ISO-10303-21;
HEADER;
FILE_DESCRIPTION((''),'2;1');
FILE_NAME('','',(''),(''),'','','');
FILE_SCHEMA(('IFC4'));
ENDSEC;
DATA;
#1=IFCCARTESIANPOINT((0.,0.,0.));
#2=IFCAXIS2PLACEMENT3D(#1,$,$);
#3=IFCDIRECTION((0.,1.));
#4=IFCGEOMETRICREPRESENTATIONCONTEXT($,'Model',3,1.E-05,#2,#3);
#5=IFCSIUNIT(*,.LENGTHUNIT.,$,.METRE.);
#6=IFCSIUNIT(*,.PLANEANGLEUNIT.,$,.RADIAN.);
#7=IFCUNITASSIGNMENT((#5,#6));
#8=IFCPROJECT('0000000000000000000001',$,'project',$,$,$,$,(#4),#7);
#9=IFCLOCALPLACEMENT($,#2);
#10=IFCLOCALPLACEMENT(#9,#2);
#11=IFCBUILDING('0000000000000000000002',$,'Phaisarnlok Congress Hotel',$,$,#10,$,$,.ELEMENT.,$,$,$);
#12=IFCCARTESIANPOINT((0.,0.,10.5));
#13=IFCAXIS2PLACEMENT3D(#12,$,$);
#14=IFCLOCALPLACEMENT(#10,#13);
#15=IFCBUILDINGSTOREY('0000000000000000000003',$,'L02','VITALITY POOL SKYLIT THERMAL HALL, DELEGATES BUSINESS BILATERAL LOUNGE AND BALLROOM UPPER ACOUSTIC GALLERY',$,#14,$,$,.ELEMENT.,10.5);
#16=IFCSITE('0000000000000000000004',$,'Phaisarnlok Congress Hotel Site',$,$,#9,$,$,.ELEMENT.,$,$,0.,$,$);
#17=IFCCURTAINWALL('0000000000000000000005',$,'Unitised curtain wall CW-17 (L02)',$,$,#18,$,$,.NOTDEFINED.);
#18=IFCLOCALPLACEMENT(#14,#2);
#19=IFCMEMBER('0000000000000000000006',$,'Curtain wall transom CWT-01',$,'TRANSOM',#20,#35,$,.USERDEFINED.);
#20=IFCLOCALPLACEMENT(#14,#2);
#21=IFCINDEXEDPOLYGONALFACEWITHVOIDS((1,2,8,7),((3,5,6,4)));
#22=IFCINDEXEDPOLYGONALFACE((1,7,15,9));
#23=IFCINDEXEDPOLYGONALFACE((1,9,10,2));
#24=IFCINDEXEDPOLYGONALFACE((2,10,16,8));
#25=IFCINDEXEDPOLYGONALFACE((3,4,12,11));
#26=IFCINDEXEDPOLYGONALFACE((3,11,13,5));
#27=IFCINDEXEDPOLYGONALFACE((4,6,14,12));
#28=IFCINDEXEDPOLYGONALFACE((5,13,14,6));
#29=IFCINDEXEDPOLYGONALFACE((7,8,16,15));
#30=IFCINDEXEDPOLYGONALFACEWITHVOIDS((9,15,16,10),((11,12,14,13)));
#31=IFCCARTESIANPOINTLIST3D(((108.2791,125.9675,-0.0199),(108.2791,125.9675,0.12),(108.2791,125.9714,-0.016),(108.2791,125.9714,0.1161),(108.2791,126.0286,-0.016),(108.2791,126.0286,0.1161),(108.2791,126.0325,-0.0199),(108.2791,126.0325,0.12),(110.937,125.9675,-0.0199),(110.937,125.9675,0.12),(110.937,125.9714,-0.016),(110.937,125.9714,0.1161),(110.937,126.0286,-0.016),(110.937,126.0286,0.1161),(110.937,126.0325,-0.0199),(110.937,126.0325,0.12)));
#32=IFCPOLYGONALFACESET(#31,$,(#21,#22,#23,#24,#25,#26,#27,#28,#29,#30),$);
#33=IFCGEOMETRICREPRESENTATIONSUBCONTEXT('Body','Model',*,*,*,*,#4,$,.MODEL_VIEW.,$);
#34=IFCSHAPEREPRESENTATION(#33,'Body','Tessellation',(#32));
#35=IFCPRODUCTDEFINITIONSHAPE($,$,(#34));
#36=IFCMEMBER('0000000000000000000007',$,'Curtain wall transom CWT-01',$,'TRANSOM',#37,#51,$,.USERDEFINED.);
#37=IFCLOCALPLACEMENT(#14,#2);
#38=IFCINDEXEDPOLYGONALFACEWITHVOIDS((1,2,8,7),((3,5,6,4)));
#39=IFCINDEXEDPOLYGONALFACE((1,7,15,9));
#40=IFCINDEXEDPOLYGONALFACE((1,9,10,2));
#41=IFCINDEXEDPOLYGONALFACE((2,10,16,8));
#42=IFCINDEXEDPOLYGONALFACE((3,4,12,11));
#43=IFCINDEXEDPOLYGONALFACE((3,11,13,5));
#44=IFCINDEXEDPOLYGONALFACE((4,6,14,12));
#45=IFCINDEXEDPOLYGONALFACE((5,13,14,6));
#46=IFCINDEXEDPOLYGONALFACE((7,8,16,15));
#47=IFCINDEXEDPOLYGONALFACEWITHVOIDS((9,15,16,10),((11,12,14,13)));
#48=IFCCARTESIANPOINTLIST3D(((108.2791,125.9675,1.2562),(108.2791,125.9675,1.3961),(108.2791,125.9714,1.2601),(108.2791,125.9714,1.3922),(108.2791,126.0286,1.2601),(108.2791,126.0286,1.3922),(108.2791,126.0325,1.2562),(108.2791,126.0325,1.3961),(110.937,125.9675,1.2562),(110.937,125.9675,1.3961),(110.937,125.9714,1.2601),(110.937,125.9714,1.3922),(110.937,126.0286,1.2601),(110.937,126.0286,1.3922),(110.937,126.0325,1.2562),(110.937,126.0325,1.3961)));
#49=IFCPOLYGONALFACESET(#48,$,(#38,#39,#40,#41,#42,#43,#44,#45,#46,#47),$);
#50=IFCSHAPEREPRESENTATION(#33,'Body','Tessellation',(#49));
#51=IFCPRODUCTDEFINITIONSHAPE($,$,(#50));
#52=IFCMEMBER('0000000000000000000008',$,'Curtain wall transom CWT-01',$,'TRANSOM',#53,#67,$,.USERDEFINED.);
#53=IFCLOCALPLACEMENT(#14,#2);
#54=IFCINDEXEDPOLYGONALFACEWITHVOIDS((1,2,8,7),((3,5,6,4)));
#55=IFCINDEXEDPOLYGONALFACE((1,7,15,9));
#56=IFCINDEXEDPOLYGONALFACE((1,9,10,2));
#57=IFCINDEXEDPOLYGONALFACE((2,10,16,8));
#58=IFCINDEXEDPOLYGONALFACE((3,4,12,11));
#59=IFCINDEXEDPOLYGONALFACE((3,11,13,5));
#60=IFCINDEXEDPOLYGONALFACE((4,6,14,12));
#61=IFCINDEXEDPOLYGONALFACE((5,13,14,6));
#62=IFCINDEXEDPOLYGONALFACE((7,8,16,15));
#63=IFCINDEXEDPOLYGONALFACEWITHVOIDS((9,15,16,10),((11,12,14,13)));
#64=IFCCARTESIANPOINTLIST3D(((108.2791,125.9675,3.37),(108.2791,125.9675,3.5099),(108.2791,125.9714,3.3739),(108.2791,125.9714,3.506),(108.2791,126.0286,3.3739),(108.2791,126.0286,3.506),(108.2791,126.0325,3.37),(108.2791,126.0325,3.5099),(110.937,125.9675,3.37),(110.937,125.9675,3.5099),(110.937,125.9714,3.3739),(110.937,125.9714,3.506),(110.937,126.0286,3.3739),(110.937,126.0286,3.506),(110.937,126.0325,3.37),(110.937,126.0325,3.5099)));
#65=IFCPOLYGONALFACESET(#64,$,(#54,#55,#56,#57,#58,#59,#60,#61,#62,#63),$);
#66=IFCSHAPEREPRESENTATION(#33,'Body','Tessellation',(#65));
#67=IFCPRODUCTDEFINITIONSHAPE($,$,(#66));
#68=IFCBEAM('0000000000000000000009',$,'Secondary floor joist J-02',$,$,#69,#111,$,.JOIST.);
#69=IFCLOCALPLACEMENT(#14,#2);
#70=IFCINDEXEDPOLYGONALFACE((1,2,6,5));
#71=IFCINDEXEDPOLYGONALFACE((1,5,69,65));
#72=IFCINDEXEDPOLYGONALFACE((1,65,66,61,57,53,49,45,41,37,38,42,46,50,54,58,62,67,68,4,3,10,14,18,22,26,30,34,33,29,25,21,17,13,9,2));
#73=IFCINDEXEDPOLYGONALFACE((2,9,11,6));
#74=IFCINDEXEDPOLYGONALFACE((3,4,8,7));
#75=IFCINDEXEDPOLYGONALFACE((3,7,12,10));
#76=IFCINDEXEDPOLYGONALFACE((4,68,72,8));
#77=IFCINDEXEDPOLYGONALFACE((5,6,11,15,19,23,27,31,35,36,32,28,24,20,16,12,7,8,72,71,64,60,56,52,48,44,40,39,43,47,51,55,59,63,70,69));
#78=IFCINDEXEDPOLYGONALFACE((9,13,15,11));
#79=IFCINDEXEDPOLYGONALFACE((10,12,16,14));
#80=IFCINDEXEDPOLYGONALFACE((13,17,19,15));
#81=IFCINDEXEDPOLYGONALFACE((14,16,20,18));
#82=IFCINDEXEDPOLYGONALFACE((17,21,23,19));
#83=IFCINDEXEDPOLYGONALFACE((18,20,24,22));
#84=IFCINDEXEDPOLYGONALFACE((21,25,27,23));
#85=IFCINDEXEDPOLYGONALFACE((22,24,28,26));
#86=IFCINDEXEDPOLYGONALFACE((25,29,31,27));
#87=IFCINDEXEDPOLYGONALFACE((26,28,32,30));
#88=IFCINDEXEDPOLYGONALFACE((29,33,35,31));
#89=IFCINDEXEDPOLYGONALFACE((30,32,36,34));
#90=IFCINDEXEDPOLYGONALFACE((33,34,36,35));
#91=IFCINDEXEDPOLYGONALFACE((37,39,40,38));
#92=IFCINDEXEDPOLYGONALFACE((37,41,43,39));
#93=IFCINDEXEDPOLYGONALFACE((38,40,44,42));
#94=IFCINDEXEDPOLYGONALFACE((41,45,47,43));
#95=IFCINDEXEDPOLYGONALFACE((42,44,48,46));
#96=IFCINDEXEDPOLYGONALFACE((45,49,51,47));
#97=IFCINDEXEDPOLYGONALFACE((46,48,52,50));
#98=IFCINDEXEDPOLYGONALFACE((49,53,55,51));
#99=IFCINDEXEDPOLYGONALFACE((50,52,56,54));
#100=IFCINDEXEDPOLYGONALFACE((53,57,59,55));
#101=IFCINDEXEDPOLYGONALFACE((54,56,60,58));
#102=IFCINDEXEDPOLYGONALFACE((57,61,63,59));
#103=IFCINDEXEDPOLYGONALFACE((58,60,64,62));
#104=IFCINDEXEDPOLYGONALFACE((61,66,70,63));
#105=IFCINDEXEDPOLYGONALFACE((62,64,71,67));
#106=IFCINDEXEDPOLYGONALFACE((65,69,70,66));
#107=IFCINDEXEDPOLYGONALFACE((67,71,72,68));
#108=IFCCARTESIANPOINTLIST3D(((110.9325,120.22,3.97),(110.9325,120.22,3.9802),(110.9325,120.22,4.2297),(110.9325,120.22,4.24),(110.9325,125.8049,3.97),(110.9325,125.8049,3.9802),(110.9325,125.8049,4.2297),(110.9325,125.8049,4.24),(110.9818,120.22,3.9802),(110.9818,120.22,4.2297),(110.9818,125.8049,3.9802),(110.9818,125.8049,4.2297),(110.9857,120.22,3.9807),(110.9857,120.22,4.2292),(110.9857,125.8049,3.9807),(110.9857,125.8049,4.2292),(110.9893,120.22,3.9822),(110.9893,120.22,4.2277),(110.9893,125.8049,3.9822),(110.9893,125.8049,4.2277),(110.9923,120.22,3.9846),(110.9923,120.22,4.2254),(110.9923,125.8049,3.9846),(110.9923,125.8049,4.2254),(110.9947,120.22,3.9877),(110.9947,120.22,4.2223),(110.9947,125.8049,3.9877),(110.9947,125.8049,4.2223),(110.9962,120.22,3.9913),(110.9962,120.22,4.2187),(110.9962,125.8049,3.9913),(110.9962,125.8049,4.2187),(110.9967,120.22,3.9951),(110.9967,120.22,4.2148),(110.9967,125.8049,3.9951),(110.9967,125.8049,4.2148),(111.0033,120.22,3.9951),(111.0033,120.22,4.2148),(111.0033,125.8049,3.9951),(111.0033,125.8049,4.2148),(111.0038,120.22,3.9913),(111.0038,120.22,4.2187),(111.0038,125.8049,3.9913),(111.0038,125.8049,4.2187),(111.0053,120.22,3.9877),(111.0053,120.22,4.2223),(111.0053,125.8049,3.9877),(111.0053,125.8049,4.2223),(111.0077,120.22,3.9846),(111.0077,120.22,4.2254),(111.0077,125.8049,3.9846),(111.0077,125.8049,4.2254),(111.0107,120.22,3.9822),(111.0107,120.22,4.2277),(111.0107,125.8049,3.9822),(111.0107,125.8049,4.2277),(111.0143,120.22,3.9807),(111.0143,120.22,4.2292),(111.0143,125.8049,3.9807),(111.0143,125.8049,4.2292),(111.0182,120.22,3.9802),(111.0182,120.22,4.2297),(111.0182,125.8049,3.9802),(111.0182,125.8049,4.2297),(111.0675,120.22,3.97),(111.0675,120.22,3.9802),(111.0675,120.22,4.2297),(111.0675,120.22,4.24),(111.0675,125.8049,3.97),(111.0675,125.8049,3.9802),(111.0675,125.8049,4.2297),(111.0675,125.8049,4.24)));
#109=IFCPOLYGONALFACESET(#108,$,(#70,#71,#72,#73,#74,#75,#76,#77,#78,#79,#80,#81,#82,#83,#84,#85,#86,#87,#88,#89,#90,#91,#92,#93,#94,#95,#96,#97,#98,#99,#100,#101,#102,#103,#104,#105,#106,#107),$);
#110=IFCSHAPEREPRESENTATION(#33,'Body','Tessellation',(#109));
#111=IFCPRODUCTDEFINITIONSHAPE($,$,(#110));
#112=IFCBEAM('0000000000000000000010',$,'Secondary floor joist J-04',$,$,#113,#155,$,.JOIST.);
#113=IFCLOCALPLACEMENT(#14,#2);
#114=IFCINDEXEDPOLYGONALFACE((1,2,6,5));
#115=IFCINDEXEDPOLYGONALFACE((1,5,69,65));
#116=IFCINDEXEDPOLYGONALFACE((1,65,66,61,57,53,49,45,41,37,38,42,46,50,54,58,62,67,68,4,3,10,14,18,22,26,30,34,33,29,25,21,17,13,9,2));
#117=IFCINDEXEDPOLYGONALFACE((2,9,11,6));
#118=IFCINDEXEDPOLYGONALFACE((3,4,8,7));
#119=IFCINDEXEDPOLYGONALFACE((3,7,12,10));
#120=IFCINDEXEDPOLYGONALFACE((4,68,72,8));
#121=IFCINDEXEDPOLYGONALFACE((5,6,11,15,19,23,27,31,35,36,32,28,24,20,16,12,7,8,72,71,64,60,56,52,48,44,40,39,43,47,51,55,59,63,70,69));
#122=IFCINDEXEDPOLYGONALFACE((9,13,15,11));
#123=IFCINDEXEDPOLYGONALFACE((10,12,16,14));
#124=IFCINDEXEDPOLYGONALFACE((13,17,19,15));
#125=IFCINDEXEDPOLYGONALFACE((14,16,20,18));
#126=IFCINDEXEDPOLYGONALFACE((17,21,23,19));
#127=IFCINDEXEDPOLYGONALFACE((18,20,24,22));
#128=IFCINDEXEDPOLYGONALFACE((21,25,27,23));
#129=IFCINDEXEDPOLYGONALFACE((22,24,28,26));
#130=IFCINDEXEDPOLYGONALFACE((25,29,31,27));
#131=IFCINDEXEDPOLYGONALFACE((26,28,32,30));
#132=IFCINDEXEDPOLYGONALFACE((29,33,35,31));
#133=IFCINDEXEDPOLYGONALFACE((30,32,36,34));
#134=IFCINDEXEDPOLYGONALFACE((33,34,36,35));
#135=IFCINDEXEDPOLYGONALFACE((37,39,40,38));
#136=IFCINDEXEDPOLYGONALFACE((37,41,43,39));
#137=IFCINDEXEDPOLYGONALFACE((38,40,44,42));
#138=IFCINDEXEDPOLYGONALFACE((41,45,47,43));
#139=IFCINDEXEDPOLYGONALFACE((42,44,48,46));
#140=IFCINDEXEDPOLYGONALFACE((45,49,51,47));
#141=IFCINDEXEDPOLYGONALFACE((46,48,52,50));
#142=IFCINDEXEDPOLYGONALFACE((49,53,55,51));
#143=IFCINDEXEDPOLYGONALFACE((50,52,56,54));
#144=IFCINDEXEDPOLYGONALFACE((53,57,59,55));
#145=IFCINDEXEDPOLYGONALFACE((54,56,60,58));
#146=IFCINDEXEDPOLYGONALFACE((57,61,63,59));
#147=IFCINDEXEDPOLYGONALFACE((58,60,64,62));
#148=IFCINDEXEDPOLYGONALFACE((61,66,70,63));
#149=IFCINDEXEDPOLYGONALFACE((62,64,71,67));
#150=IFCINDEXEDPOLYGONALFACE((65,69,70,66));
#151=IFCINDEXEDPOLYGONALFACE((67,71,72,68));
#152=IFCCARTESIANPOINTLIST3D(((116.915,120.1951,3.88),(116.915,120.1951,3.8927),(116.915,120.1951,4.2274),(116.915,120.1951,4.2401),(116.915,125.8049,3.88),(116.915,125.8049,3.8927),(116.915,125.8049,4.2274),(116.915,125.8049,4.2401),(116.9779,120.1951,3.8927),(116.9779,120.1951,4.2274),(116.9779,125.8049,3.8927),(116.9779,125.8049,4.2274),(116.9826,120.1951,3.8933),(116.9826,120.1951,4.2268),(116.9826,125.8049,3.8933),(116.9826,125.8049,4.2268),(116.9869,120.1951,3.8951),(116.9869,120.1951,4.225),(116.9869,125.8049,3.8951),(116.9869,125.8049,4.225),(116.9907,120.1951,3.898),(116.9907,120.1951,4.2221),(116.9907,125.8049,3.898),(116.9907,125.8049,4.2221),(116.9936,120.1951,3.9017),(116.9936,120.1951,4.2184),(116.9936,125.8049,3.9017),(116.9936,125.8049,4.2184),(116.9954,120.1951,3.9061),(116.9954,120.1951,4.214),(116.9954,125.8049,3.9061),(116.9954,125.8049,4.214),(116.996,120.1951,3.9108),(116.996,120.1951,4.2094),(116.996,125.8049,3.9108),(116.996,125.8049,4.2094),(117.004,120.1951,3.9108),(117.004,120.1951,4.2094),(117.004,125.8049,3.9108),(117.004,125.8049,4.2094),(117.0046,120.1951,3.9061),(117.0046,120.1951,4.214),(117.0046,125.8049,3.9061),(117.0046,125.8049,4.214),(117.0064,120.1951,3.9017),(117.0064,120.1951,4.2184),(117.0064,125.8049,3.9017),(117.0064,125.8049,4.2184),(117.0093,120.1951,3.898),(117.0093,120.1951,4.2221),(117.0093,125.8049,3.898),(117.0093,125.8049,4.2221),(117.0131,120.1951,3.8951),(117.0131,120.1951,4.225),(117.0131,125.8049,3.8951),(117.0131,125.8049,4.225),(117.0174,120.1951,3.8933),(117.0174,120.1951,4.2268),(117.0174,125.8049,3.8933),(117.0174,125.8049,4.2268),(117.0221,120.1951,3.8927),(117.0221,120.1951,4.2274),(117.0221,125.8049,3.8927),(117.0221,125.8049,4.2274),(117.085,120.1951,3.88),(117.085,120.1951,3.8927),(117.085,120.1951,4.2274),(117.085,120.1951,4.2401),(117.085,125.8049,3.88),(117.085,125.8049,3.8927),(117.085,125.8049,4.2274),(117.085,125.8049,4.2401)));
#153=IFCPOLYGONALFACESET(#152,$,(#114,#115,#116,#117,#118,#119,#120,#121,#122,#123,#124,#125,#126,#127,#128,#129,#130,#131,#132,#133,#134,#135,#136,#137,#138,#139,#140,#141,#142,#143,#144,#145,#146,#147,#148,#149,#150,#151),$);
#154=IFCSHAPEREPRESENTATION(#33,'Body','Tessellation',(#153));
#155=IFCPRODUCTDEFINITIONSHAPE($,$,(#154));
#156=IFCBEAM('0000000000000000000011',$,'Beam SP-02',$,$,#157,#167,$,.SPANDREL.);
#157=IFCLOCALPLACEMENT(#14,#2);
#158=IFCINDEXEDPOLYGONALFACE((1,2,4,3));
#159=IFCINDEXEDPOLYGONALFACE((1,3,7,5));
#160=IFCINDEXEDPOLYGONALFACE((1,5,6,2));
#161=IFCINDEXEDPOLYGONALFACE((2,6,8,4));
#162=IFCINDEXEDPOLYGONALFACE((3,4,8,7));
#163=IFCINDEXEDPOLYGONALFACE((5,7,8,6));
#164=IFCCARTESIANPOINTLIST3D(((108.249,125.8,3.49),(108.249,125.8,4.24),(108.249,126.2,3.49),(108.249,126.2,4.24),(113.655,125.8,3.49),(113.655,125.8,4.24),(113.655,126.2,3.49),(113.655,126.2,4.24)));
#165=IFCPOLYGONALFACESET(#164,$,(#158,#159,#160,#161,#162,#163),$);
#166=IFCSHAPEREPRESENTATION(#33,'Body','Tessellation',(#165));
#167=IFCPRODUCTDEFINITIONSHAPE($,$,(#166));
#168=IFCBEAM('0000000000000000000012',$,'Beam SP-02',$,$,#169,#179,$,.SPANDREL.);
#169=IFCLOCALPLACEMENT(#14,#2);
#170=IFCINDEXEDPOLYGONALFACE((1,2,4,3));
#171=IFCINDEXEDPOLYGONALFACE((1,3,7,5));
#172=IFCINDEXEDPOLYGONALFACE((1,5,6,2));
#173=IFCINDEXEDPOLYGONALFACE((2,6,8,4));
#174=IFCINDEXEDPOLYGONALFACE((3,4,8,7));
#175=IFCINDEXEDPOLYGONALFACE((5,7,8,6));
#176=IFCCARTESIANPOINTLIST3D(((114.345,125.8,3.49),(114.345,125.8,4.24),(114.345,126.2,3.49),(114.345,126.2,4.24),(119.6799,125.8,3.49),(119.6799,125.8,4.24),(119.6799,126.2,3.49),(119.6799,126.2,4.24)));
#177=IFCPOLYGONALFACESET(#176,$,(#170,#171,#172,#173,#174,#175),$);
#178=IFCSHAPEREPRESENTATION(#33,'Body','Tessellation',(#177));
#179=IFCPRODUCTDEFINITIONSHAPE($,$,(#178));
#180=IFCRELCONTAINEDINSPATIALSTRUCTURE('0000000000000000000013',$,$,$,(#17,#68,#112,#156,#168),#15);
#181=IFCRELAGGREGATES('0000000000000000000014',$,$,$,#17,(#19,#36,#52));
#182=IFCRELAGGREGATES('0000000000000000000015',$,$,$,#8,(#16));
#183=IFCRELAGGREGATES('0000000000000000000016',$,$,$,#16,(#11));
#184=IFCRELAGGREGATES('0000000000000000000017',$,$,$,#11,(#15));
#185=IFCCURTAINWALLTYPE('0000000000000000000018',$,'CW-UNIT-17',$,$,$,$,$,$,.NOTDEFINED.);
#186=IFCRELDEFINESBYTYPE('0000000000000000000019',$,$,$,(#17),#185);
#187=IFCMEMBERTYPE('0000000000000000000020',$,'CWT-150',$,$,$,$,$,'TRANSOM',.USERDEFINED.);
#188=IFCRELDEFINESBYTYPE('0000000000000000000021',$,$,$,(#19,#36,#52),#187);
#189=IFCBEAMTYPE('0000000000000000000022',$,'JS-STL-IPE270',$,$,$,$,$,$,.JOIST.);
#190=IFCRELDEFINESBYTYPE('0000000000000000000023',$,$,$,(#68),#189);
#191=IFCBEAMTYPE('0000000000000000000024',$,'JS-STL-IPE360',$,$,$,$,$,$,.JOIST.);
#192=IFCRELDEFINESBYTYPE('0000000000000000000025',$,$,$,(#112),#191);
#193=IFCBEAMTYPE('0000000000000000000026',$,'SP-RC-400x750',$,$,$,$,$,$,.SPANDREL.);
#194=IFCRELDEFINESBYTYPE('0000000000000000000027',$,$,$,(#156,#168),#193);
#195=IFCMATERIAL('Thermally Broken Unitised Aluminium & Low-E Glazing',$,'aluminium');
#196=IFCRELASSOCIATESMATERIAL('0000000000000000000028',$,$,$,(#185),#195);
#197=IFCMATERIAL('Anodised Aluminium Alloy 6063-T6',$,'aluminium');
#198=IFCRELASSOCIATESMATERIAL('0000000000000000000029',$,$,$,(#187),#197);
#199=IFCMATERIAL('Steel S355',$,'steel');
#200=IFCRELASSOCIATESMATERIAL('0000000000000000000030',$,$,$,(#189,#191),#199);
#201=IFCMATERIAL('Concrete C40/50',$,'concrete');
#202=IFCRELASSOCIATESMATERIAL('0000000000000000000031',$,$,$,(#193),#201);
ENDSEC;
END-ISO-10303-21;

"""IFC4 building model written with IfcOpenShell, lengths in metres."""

from ifc_helpers import new_model, si_unit, direction, frame, origin, origin_2d, place, context, subcontext, project, spatial, rectangle, hollow_rectangle, i_section, extrude, material, material_profile, profile_set, type_object, element, aggregate, save


model = new_model("IFC4")

# Units and contexts
model_context = context("Model", 3, precision=1e-05, world=origin(), true_north=direction((0.0, 1.0)))
body_context = subcontext(model_context, "Body", "Model", "MODEL_VIEW")
ifc_project = project(units=[si_unit("LENGTHUNIT", "METRE"), si_unit("PLANEANGLEUNIT", "RADIAN")], contexts=[model_context])

# Site, building, storey
site_placement = place(None, origin())
site = spatial("IfcSite", under=ifc_project, at=site_placement, Name="Phaisarnlok Congress Hotel Site", CompositionType="ELEMENT", RefElevation=0.0)
building_placement = place(site_placement, origin())
building = spatial("IfcBuilding", under=site, at=building_placement, Name="Phaisarnlok Congress Hotel", CompositionType="ELEMENT")
storey_placement = place(building_placement, frame((0.0, 0.0, 10.5)))
storey = spatial("IfcBuildingStorey", under=building, at=storey_placement, Name="L02", Description="VITALITY POOL SKYLIT THERMAL HALL, DELEGATES BUSINESS BILATERAL LOUNGE AND BALLROOM UPPER ACOUSTIC GALLERY", CompositionType="ELEMENT", Elevation=10.5)

# Shared definitions
ifc_material_1 = material(Name="Concrete C40/50", Category="concrete")
ifc_material_2 = material(Name="Steel S355", Category="steel")

# Curtain wall, members
ifc_material_3 = material(Name="Thermally Broken Unitised Aluminium & Low-E Glazing", Category="aluminium")
curtain_wall_type = type_object("IfcCurtainWallType", Name="CW-UNIT-17", PredefinedType="NOTDEFINED", material=ifc_material_3)
curtain_wall_placement = place(storey_placement, origin())
curtain_wall = element("IfcCurtainWall", 1, at=curtain_wall_placement, inside=storey, type_object=curtain_wall_type, Name="Unitised curtain wall CW-17 (L02)", PredefinedType="NOTDEFINED")
ifc_material_4 = material(Name="Anodised Aluminium Alloy 6063-T6", Category="aluminium")
ifc_material_profile_1 = material_profile(ifc_material_4, hollow_rectangle(XDim=0.0649, YDim=0.1399, WallThickness=0.0039, at=origin_2d()), Name="ALU-T 65x140x4")
ifc_profile_set_1 = profile_set([ifc_material_profile_1], Name="Anodised Aluminium Alloy 6063-T6")
member_type_1 = type_object("IfcMemberType", Name="CWT-150", ElementType="TRANSOM", PredefinedType="USERDEFINED", material=ifc_profile_set_1)
member_1_placement = place(storey_placement, frame((110.937, 126.0, 0.05), z_axis=(-1.0, 0.0, 0.0), x_axis=(0.0, -1.0, 0.0)))
member_1 = element("IfcMember", 2, at=member_1_placement, type_object=member_type_1, Name="Curtain wall transom CWT-01", ObjectType="TRANSOM", PredefinedType="USERDEFINED", context=body_context, shape_type="SweptSolid", body=[
    extrude(hollow_rectangle(XDim=0.0649, YDim=0.1399, WallThickness=0.0039, at=origin_2d()), origin(), (0.0, 0.0, 1.0), 2.658),
])
member_2_placement = place(storey_placement, frame((110.937, 126.0, 1.3262), z_axis=(-1.0, 0.0, 0.0), x_axis=(0.0, -1.0, 0.0)))
member_2 = element("IfcMember", 3, at=member_2_placement, type_object=member_type_1, Name="Curtain wall transom CWT-01", ObjectType="TRANSOM", PredefinedType="USERDEFINED", context=body_context, shape_type="SweptSolid", body=[
    extrude(hollow_rectangle(XDim=0.0649, YDim=0.1399, WallThickness=0.0039, at=origin_2d()), origin(), (0.0, 0.0, 1.0), 2.658),
])
member_3_placement = place(storey_placement, frame((110.937, 126.0, 3.4399), z_axis=(-1.0, 0.0, 0.0), x_axis=(0.0, -1.0, 0.0)))
member_3 = element("IfcMember", 4, at=member_3_placement, type_object=member_type_1, Name="Curtain wall transom CWT-01", ObjectType="TRANSOM", PredefinedType="USERDEFINED", context=body_context, shape_type="SweptSolid", body=[
    extrude(hollow_rectangle(XDim=0.0649, YDim=0.1399, WallThickness=0.0039, at=origin_2d()), origin(), (0.0, 0.0, 1.0), 2.658),
])

# Beams
ifc_material_profile_2 = material_profile(ifc_material_2, i_section(OverallWidth=0.135, OverallDepth=0.27, WebThickness=0.0066, FlangeThickness=0.0103, FilletRadius=0.0149, at=origin_2d()), Name="IPE 270")
ifc_profile_set_2 = profile_set([ifc_material_profile_2], Name="Steel S355")
beam_type_1 = type_object("IfcBeamType", Name="JS-STL-IPE270", PredefinedType="JOIST", material=ifc_profile_set_2)
beam_1_placement = place(storey_placement, frame((111.0, 120.22, 4.105), z_axis=(0.0, 1.0, 0.0), x_axis=(-1.0, 0.0, 0.0)))
element("IfcBeam", 5, at=beam_1_placement, inside=storey, type_object=beam_type_1, Name="Secondary floor joist J-02", PredefinedType="JOIST", context=body_context, shape_type="SweptSolid", body=[
    extrude(i_section(OverallWidth=0.135, OverallDepth=0.27, WebThickness=0.0066, FlangeThickness=0.0103, FilletRadius=0.0149, at=origin_2d()), origin(), (0.0, 0.0, 1.0), 5.585),
])
ifc_material_profile_3 = material_profile(ifc_material_2, i_section(OverallWidth=0.1699, OverallDepth=0.3601, WebThickness=0.0081, FlangeThickness=0.0127, FilletRadius=0.0181, at=origin_2d()), Name="IPE 360")
ifc_profile_set_3 = profile_set([ifc_material_profile_3], Name="Steel S355")
beam_type_2 = type_object("IfcBeamType", Name="JS-STL-IPE360", PredefinedType="JOIST", material=ifc_profile_set_3)
beam_2_placement = place(storey_placement, frame((117.0, 120.1951, 4.0601), z_axis=(0.0, 1.0, 0.0), x_axis=(-1.0, 0.0, 0.0)))
element("IfcBeam", 6, at=beam_2_placement, inside=storey, type_object=beam_type_2, Name="Secondary floor joist J-04", PredefinedType="JOIST", context=body_context, shape_type="SweptSolid", body=[
    extrude(i_section(OverallWidth=0.1699, OverallDepth=0.3601, WebThickness=0.0081, FlangeThickness=0.0127, FilletRadius=0.0181, at=origin_2d()), origin(), (0.0, 0.0, 1.0), 5.6099),
])
ifc_material_profile_4 = material_profile(ifc_material_1, rectangle(XDim=0.3999, YDim=0.75, at=origin_2d()), Name="RC 400x750")
ifc_profile_set_4 = profile_set([ifc_material_profile_4], Name="Concrete C40/50")
beam_type_3 = type_object("IfcBeamType", Name="SP-RC-400x750", PredefinedType="SPANDREL", material=ifc_profile_set_4)
beam_3_placement = place(storey_placement, frame((108.249, 126.0, 3.865), z_axis=(1.0, 0.0, 0.0), x_axis=(0.0, 1.0, 0.0)))
element("IfcBeam", 7, at=beam_3_placement, inside=storey, type_object=beam_type_3, Name="Beam SP-02", PredefinedType="SPANDREL", context=body_context, shape_type="SweptSolid", body=[
    extrude(rectangle(XDim=0.3999, YDim=0.75, at=origin_2d()), origin(), (0.0, 0.0, 1.0), 5.406),
])
beam_4_placement = place(storey_placement, frame((114.345, 126.0, 3.865), z_axis=(1.0, 0.0, 0.0), x_axis=(0.0, 1.0, 0.0)))
element("IfcBeam", 8, at=beam_4_placement, inside=storey, type_object=beam_type_3, Name="Beam SP-02", PredefinedType="SPANDREL", context=body_context, shape_type="SweptSolid", body=[
    extrude(rectangle(XDim=0.3999, YDim=0.75, at=origin_2d()), origin(), (0.0, 0.0, 1.0), 5.335),
])

aggregate(curtain_wall, [member_1, member_2, member_3])

save(model, "model.ifc")
